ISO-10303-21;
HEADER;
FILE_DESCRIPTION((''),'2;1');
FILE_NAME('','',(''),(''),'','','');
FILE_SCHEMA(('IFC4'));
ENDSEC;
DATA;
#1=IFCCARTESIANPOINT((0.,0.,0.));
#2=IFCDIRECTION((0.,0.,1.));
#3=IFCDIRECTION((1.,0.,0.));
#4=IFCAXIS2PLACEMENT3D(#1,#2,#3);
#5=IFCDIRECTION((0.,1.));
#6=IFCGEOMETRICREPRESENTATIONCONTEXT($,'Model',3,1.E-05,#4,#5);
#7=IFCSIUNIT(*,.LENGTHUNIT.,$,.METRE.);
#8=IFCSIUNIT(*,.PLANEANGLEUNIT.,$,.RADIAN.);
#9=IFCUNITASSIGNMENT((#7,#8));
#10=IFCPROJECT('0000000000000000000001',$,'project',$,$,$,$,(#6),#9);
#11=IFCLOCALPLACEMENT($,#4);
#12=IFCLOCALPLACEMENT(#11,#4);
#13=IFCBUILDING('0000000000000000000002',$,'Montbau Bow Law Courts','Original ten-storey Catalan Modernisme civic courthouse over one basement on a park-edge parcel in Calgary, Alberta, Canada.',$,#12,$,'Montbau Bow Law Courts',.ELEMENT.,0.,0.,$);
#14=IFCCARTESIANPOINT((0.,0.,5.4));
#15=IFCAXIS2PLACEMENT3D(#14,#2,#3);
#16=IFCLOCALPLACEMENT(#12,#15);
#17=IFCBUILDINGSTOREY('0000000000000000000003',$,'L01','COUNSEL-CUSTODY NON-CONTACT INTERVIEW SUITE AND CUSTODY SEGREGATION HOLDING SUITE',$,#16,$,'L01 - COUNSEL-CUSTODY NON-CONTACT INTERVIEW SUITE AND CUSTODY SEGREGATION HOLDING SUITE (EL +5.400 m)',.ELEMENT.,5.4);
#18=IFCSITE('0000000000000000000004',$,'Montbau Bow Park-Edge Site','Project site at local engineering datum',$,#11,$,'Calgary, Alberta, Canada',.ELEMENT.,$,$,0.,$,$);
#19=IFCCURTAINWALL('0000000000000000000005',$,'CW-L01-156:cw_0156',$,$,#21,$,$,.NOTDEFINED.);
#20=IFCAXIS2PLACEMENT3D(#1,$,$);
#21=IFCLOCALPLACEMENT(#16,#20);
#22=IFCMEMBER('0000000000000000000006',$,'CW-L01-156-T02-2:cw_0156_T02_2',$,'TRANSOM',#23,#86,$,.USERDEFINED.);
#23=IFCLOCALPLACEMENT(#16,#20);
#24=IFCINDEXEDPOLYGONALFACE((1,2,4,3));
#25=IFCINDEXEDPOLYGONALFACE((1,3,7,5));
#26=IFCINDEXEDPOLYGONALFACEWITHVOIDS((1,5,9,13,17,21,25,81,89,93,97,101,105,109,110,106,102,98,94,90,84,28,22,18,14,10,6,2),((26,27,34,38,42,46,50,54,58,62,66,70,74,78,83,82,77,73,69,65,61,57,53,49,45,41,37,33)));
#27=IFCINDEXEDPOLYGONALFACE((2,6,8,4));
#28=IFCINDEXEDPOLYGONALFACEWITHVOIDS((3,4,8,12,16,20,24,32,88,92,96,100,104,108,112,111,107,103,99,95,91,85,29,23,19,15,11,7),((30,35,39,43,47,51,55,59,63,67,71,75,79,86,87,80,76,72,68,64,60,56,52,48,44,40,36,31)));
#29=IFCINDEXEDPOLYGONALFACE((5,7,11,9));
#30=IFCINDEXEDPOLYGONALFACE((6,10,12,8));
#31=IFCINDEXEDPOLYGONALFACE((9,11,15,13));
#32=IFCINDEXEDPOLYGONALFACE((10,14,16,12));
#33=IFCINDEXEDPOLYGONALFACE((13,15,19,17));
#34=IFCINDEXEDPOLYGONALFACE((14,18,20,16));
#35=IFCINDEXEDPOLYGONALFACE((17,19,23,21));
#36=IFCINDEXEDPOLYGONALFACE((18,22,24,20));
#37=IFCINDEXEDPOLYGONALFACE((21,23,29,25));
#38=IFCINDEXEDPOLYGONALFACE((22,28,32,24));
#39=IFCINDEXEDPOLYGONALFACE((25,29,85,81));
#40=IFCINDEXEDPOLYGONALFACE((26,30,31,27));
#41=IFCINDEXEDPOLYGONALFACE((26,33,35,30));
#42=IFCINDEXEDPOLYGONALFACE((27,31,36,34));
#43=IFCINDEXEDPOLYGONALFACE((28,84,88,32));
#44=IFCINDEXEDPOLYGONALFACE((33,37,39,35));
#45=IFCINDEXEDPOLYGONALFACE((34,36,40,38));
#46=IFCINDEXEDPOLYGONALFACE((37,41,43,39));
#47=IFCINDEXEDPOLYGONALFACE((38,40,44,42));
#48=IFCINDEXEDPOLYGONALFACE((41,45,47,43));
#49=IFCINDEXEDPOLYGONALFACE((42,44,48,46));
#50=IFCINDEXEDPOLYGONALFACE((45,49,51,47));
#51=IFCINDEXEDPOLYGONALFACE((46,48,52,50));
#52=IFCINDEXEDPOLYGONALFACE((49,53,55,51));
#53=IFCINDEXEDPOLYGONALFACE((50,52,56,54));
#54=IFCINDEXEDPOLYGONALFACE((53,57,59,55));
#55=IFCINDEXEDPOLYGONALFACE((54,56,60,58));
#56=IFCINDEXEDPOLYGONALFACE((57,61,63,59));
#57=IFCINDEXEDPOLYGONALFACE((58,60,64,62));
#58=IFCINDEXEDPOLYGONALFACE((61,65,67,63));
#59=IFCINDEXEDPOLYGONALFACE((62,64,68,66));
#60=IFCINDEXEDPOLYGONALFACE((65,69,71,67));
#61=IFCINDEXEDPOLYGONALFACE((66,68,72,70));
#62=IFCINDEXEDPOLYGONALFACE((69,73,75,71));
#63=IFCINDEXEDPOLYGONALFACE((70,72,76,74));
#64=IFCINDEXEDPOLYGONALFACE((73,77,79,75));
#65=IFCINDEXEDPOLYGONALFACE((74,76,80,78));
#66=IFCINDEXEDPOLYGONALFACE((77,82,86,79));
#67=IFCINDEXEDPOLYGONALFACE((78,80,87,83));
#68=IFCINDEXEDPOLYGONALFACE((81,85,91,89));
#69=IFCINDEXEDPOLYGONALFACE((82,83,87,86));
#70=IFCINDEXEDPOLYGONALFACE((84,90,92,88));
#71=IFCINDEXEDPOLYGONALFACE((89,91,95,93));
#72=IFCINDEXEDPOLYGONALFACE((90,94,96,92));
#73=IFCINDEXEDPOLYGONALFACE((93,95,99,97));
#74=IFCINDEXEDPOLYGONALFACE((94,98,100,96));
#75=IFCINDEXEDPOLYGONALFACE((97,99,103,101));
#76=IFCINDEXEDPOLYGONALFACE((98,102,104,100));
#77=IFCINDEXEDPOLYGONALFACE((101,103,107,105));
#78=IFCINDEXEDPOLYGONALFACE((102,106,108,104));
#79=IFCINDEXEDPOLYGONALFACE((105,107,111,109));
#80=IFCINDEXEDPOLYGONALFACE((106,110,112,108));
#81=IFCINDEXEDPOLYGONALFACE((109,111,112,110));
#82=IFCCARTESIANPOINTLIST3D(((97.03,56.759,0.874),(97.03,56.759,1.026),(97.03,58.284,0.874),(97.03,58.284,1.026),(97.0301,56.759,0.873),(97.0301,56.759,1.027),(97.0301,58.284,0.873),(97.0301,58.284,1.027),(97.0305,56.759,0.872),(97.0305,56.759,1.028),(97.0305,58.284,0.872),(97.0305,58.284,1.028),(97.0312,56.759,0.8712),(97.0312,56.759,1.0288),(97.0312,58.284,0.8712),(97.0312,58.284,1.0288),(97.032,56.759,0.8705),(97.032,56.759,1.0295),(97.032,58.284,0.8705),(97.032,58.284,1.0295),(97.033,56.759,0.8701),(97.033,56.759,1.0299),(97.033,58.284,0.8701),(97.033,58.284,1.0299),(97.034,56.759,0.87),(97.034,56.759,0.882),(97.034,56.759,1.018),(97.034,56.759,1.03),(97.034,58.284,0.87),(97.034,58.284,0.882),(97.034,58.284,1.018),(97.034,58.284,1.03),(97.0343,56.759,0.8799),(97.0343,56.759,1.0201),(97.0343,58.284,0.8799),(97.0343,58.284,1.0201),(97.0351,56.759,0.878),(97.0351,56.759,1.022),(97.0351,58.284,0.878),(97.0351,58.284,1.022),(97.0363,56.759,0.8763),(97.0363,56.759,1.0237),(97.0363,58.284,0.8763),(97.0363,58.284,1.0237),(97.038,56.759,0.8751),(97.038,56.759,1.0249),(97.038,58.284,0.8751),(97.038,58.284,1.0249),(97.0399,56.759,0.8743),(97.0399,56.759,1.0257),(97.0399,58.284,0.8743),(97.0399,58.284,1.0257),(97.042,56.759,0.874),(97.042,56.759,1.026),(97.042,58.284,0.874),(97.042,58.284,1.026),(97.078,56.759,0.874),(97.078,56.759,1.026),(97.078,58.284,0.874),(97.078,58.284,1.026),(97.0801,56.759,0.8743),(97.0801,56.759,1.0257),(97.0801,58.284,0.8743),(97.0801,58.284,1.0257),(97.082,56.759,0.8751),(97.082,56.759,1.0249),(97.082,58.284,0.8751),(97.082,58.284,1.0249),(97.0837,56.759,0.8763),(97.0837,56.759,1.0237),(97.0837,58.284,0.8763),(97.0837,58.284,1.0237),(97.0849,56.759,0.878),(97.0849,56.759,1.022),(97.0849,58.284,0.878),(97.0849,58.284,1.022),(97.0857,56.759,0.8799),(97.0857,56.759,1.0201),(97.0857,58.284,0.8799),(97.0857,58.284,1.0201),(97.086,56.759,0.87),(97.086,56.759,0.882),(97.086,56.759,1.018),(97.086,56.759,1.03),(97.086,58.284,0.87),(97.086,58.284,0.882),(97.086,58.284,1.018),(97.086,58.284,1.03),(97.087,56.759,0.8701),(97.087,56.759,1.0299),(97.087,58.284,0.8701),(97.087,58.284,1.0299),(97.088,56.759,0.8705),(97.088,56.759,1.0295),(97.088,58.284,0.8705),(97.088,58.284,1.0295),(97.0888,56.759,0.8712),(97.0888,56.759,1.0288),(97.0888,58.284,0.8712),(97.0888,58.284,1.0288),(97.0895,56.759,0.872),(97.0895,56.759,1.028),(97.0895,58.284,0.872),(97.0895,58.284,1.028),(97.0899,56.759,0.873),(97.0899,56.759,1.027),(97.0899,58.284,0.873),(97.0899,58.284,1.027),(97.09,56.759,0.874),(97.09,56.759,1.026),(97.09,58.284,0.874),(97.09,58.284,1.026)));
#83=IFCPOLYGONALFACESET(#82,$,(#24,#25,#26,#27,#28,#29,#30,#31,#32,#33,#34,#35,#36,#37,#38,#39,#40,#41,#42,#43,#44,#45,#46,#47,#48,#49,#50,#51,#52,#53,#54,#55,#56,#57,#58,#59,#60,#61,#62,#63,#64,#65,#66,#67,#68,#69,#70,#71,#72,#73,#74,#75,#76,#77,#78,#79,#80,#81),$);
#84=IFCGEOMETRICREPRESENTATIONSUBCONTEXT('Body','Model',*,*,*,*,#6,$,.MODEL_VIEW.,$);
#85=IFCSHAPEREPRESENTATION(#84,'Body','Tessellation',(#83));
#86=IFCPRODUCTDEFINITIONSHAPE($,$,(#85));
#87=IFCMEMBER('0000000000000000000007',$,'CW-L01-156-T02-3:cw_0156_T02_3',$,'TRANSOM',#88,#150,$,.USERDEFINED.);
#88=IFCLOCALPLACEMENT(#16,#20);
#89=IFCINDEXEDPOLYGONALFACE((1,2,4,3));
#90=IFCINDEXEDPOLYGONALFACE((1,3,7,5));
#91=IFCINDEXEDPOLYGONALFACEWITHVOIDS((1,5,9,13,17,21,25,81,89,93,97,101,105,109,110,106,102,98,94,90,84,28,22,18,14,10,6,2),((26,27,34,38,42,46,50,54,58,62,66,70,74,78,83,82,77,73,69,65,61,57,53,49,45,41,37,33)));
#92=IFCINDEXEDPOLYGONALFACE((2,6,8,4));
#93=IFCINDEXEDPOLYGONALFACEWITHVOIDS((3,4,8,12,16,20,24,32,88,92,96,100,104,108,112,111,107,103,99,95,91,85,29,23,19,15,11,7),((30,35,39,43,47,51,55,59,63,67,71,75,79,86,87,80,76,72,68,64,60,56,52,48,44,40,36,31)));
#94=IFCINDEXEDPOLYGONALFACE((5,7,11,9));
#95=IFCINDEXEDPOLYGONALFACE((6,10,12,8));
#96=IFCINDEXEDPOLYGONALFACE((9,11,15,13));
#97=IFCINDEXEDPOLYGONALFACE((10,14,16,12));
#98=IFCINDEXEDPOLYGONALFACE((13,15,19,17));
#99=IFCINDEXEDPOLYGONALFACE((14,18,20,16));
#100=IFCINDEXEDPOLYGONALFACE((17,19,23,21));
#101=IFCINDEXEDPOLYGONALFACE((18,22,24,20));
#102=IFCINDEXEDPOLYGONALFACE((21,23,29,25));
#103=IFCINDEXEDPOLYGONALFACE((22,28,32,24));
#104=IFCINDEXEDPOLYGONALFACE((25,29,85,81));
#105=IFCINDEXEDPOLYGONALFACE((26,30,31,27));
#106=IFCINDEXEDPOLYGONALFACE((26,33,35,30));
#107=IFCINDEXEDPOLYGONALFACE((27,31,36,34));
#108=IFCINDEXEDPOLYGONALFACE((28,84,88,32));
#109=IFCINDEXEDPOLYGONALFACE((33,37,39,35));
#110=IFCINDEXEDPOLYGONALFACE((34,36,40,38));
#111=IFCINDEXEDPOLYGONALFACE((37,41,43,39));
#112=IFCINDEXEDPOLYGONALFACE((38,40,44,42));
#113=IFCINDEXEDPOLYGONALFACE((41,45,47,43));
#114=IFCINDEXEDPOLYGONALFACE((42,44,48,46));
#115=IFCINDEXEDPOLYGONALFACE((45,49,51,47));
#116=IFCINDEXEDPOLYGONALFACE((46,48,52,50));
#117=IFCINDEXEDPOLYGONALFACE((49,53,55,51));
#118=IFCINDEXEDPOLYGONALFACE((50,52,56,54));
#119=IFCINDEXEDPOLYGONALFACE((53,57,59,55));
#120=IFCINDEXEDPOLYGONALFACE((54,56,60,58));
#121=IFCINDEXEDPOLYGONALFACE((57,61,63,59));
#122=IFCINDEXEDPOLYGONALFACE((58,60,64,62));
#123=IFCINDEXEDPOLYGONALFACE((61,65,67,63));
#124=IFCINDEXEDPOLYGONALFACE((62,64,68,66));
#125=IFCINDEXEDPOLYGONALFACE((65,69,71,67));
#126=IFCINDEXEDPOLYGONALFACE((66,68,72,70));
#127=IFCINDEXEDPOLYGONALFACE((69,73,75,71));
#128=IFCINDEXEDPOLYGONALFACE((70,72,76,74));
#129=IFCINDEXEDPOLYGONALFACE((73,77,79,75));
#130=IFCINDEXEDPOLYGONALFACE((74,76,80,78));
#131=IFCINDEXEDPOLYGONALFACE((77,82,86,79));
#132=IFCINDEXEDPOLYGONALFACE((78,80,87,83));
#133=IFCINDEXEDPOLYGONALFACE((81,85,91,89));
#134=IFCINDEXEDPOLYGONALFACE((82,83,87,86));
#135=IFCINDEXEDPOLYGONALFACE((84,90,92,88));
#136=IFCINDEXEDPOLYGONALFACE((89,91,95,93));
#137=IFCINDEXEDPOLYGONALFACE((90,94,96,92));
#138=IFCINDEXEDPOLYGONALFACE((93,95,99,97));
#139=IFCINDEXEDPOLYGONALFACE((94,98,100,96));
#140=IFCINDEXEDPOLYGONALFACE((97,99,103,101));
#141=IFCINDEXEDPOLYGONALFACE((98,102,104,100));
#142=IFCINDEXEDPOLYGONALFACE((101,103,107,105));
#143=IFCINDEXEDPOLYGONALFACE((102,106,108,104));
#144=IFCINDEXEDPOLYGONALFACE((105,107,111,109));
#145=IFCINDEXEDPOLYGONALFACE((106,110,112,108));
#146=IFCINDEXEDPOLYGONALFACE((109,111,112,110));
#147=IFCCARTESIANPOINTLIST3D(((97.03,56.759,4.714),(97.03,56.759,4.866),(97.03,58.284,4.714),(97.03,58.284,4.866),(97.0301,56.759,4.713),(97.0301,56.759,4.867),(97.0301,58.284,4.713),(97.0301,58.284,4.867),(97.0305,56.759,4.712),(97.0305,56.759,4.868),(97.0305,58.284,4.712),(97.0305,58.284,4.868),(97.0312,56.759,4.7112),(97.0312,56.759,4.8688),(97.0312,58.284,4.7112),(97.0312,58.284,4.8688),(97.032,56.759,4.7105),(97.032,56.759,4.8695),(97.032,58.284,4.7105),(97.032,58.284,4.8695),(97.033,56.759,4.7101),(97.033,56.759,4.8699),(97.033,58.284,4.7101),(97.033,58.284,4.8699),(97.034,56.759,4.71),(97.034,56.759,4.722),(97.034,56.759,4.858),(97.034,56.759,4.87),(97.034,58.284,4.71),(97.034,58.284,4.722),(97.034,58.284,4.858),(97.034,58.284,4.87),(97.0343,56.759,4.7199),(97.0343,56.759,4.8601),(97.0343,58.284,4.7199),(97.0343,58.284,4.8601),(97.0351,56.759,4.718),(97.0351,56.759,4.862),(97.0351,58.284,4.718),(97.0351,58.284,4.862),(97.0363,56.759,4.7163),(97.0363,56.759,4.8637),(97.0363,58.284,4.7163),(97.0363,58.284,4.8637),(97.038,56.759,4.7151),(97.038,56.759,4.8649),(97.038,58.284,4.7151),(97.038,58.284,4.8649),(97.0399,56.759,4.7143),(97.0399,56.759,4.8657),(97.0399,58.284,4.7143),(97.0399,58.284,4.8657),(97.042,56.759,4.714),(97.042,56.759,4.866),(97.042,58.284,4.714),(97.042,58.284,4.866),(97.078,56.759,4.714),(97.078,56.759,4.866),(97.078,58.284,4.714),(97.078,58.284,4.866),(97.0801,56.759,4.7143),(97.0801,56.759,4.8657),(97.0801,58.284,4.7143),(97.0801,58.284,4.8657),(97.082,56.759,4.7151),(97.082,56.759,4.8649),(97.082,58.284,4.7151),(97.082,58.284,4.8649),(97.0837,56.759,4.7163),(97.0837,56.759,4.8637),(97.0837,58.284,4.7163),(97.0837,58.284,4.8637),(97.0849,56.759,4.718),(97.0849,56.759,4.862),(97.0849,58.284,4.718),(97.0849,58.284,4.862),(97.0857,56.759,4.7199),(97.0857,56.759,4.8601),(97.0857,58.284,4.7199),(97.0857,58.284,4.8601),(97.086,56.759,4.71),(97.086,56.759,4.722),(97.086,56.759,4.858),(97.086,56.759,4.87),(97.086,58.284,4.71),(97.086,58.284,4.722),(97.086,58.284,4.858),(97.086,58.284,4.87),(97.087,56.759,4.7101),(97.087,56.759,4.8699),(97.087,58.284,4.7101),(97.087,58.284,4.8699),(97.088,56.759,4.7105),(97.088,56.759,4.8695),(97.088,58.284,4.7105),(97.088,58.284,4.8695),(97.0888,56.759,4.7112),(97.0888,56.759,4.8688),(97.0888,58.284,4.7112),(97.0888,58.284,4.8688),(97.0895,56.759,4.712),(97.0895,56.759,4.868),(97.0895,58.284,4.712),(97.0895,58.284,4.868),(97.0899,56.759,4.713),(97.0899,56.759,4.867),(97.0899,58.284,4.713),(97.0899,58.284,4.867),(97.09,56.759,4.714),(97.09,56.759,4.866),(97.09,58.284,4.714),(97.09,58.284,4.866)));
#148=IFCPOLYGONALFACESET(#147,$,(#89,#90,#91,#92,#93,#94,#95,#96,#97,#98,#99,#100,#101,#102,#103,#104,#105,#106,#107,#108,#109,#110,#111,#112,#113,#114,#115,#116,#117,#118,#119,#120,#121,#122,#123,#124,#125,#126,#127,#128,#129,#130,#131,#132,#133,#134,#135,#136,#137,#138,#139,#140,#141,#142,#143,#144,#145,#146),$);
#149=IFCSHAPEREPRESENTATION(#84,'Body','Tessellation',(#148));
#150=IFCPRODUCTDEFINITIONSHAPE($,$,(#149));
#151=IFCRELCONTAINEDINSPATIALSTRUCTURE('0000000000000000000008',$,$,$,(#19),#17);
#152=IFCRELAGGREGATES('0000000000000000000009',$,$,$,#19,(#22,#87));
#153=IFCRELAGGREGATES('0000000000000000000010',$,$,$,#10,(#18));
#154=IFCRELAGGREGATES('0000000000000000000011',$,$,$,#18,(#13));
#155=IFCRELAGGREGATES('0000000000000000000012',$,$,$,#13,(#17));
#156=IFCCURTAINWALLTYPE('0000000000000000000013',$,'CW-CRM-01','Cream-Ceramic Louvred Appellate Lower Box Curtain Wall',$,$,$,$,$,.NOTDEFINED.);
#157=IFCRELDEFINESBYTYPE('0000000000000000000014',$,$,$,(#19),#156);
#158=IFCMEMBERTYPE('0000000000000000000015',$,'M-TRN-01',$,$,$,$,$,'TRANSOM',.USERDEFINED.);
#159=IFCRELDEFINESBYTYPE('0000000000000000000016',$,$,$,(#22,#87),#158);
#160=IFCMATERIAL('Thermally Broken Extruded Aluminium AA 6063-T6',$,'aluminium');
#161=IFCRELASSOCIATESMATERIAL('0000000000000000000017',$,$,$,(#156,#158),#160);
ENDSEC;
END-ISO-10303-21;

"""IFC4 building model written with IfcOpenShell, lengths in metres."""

from ifc_helpers import new_model, si_unit, direction, frame, origin_with_axes, origin_2d_with_axis, place, context, subcontext, project, spatial, hollow_rectangle, extrude, material, material_profile, profile_set, type_object, element, aggregate, save


model = new_model("IFC4")

# Units and contexts
model_context = context("Model", 3, precision=1e-05, world=origin_with_axes(), true_north=direction((0.0, 1.0)))
body_context = subcontext(model_context, "Body", "Model", "MODEL_VIEW")
ifc_project = project(units=[si_unit("LENGTHUNIT", "METRE"), si_unit("PLANEANGLEUNIT", "RADIAN")], contexts=[model_context])

# Site, building, storey
site_placement = place(None, origin_with_axes())
site = spatial("IfcSite", under=ifc_project, at=site_placement, Name="Montbau Bow Park-Edge Site", Description="Project site at local engineering datum", LongName="Calgary, Alberta, Canada", CompositionType="ELEMENT", RefElevation=0.0)
building_placement = place(site_placement, origin_with_axes())
building = spatial("IfcBuilding", under=site, at=building_placement, Name="Montbau Bow Law Courts", Description="Original ten-storey Catalan Modernisme civic courthouse over one basement on a park-edge parcel in Calgary, Alberta, Canada.", LongName="Montbau Bow Law Courts", CompositionType="ELEMENT", ElevationOfRefHeight=0.0, ElevationOfTerrain=0.0)
storey_placement = place(building_placement, frame((0.0, 0.0, 5.4), z_axis=(0.0, 0.0, 1.0), x_axis=(1.0, 0.0, 0.0)))
storey = spatial("IfcBuildingStorey", under=building, at=storey_placement, Name="L01", Description="COUNSEL-CUSTODY NON-CONTACT INTERVIEW SUITE AND CUSTODY SEGREGATION HOLDING SUITE", LongName="L01 - COUNSEL-CUSTODY NON-CONTACT INTERVIEW SUITE AND CUSTODY SEGREGATION HOLDING SUITE (EL +5.400 m)", CompositionType="ELEMENT", Elevation=5.4)

# Curtain wall
ifc_material_1 = material(Name="Thermally Broken Extruded Aluminium AA 6063-T6", Category="aluminium")
curtain_wall_type = type_object("IfcCurtainWallType", Name="CW-CRM-01", Description="Cream-Ceramic Louvred Appellate Lower Box Curtain Wall", PredefinedType="NOTDEFINED", material=ifc_material_1)
curtain_wall_1_placement = place(None, frame((97.06, 55.115, 5.4), z_axis=(0.0, 0.0, 1.0), x_axis=(1.0, 0.0, 0.0)))
curtain_wall_1 = element("IfcCurtainWall", 1, at=curtain_wall_1_placement, inside=storey, type_object=curtain_wall_type, Name="CW-L01-156:cw_0156", PredefinedType="NOTDEFINED")

# Members
ifc_material_profile_1 = material_profile(ifc_material_1, hollow_rectangle(XDim=0.06, YDim=0.16, WallThickness=0.004, InnerFilletRadius=0.008, OuterFilletRadius=0.004, at=origin_2d_with_axis()), Name="CWT-160X60", Category="Main", Priority=0)
ifc_profile_set_1 = profile_set([ifc_material_profile_1], Name="Thermally Broken Extruded Aluminium AA 6063-T6")
member_type_1 = type_object("IfcMemberType", Name="M-TRN-01", ElementType="TRANSOM", PredefinedType="USERDEFINED", material=ifc_profile_set_1)
member_1_placement = place(None, frame((97.06, 56.759, 6.35), z_axis=(0.0, 1.0, 0.0), x_axis=(-1.0, 0.0, 0.0)))
member_1 = element("IfcMember", 2, at=member_1_placement, type_object=member_type_1, Name="CW-L01-156-T02-2:cw_0156_T02_2", ObjectType="TRANSOM", PredefinedType="USERDEFINED", context=body_context, shape_type="SweptSolid", body=[
    extrude(hollow_rectangle(XDim=0.06, YDim=0.16, WallThickness=0.004, InnerFilletRadius=0.008, OuterFilletRadius=0.004, at=origin_2d_with_axis()), origin_with_axes(), (0.0, 0.0, 1.0), 1.525),
])
member_2_placement = place(None, frame((97.06, 56.759, 10.19), z_axis=(0.0, 1.0, 0.0), x_axis=(-1.0, 0.0, 0.0)))
member_2 = element("IfcMember", 3, at=member_2_placement, type_object=member_type_1, Name="CW-L01-156-T02-3:cw_0156_T02_3", ObjectType="TRANSOM", PredefinedType="USERDEFINED", context=body_context, shape_type="SweptSolid", body=[
    extrude(hollow_rectangle(XDim=0.06, YDim=0.16, WallThickness=0.004, InnerFilletRadius=0.008, OuterFilletRadius=0.004, at=origin_2d_with_axis()), origin_with_axes(), (0.0, 0.0, 1.0), 1.525),
])

aggregate(curtain_wall_1, [member_1, member_2])

save(model, "model.ifc")
